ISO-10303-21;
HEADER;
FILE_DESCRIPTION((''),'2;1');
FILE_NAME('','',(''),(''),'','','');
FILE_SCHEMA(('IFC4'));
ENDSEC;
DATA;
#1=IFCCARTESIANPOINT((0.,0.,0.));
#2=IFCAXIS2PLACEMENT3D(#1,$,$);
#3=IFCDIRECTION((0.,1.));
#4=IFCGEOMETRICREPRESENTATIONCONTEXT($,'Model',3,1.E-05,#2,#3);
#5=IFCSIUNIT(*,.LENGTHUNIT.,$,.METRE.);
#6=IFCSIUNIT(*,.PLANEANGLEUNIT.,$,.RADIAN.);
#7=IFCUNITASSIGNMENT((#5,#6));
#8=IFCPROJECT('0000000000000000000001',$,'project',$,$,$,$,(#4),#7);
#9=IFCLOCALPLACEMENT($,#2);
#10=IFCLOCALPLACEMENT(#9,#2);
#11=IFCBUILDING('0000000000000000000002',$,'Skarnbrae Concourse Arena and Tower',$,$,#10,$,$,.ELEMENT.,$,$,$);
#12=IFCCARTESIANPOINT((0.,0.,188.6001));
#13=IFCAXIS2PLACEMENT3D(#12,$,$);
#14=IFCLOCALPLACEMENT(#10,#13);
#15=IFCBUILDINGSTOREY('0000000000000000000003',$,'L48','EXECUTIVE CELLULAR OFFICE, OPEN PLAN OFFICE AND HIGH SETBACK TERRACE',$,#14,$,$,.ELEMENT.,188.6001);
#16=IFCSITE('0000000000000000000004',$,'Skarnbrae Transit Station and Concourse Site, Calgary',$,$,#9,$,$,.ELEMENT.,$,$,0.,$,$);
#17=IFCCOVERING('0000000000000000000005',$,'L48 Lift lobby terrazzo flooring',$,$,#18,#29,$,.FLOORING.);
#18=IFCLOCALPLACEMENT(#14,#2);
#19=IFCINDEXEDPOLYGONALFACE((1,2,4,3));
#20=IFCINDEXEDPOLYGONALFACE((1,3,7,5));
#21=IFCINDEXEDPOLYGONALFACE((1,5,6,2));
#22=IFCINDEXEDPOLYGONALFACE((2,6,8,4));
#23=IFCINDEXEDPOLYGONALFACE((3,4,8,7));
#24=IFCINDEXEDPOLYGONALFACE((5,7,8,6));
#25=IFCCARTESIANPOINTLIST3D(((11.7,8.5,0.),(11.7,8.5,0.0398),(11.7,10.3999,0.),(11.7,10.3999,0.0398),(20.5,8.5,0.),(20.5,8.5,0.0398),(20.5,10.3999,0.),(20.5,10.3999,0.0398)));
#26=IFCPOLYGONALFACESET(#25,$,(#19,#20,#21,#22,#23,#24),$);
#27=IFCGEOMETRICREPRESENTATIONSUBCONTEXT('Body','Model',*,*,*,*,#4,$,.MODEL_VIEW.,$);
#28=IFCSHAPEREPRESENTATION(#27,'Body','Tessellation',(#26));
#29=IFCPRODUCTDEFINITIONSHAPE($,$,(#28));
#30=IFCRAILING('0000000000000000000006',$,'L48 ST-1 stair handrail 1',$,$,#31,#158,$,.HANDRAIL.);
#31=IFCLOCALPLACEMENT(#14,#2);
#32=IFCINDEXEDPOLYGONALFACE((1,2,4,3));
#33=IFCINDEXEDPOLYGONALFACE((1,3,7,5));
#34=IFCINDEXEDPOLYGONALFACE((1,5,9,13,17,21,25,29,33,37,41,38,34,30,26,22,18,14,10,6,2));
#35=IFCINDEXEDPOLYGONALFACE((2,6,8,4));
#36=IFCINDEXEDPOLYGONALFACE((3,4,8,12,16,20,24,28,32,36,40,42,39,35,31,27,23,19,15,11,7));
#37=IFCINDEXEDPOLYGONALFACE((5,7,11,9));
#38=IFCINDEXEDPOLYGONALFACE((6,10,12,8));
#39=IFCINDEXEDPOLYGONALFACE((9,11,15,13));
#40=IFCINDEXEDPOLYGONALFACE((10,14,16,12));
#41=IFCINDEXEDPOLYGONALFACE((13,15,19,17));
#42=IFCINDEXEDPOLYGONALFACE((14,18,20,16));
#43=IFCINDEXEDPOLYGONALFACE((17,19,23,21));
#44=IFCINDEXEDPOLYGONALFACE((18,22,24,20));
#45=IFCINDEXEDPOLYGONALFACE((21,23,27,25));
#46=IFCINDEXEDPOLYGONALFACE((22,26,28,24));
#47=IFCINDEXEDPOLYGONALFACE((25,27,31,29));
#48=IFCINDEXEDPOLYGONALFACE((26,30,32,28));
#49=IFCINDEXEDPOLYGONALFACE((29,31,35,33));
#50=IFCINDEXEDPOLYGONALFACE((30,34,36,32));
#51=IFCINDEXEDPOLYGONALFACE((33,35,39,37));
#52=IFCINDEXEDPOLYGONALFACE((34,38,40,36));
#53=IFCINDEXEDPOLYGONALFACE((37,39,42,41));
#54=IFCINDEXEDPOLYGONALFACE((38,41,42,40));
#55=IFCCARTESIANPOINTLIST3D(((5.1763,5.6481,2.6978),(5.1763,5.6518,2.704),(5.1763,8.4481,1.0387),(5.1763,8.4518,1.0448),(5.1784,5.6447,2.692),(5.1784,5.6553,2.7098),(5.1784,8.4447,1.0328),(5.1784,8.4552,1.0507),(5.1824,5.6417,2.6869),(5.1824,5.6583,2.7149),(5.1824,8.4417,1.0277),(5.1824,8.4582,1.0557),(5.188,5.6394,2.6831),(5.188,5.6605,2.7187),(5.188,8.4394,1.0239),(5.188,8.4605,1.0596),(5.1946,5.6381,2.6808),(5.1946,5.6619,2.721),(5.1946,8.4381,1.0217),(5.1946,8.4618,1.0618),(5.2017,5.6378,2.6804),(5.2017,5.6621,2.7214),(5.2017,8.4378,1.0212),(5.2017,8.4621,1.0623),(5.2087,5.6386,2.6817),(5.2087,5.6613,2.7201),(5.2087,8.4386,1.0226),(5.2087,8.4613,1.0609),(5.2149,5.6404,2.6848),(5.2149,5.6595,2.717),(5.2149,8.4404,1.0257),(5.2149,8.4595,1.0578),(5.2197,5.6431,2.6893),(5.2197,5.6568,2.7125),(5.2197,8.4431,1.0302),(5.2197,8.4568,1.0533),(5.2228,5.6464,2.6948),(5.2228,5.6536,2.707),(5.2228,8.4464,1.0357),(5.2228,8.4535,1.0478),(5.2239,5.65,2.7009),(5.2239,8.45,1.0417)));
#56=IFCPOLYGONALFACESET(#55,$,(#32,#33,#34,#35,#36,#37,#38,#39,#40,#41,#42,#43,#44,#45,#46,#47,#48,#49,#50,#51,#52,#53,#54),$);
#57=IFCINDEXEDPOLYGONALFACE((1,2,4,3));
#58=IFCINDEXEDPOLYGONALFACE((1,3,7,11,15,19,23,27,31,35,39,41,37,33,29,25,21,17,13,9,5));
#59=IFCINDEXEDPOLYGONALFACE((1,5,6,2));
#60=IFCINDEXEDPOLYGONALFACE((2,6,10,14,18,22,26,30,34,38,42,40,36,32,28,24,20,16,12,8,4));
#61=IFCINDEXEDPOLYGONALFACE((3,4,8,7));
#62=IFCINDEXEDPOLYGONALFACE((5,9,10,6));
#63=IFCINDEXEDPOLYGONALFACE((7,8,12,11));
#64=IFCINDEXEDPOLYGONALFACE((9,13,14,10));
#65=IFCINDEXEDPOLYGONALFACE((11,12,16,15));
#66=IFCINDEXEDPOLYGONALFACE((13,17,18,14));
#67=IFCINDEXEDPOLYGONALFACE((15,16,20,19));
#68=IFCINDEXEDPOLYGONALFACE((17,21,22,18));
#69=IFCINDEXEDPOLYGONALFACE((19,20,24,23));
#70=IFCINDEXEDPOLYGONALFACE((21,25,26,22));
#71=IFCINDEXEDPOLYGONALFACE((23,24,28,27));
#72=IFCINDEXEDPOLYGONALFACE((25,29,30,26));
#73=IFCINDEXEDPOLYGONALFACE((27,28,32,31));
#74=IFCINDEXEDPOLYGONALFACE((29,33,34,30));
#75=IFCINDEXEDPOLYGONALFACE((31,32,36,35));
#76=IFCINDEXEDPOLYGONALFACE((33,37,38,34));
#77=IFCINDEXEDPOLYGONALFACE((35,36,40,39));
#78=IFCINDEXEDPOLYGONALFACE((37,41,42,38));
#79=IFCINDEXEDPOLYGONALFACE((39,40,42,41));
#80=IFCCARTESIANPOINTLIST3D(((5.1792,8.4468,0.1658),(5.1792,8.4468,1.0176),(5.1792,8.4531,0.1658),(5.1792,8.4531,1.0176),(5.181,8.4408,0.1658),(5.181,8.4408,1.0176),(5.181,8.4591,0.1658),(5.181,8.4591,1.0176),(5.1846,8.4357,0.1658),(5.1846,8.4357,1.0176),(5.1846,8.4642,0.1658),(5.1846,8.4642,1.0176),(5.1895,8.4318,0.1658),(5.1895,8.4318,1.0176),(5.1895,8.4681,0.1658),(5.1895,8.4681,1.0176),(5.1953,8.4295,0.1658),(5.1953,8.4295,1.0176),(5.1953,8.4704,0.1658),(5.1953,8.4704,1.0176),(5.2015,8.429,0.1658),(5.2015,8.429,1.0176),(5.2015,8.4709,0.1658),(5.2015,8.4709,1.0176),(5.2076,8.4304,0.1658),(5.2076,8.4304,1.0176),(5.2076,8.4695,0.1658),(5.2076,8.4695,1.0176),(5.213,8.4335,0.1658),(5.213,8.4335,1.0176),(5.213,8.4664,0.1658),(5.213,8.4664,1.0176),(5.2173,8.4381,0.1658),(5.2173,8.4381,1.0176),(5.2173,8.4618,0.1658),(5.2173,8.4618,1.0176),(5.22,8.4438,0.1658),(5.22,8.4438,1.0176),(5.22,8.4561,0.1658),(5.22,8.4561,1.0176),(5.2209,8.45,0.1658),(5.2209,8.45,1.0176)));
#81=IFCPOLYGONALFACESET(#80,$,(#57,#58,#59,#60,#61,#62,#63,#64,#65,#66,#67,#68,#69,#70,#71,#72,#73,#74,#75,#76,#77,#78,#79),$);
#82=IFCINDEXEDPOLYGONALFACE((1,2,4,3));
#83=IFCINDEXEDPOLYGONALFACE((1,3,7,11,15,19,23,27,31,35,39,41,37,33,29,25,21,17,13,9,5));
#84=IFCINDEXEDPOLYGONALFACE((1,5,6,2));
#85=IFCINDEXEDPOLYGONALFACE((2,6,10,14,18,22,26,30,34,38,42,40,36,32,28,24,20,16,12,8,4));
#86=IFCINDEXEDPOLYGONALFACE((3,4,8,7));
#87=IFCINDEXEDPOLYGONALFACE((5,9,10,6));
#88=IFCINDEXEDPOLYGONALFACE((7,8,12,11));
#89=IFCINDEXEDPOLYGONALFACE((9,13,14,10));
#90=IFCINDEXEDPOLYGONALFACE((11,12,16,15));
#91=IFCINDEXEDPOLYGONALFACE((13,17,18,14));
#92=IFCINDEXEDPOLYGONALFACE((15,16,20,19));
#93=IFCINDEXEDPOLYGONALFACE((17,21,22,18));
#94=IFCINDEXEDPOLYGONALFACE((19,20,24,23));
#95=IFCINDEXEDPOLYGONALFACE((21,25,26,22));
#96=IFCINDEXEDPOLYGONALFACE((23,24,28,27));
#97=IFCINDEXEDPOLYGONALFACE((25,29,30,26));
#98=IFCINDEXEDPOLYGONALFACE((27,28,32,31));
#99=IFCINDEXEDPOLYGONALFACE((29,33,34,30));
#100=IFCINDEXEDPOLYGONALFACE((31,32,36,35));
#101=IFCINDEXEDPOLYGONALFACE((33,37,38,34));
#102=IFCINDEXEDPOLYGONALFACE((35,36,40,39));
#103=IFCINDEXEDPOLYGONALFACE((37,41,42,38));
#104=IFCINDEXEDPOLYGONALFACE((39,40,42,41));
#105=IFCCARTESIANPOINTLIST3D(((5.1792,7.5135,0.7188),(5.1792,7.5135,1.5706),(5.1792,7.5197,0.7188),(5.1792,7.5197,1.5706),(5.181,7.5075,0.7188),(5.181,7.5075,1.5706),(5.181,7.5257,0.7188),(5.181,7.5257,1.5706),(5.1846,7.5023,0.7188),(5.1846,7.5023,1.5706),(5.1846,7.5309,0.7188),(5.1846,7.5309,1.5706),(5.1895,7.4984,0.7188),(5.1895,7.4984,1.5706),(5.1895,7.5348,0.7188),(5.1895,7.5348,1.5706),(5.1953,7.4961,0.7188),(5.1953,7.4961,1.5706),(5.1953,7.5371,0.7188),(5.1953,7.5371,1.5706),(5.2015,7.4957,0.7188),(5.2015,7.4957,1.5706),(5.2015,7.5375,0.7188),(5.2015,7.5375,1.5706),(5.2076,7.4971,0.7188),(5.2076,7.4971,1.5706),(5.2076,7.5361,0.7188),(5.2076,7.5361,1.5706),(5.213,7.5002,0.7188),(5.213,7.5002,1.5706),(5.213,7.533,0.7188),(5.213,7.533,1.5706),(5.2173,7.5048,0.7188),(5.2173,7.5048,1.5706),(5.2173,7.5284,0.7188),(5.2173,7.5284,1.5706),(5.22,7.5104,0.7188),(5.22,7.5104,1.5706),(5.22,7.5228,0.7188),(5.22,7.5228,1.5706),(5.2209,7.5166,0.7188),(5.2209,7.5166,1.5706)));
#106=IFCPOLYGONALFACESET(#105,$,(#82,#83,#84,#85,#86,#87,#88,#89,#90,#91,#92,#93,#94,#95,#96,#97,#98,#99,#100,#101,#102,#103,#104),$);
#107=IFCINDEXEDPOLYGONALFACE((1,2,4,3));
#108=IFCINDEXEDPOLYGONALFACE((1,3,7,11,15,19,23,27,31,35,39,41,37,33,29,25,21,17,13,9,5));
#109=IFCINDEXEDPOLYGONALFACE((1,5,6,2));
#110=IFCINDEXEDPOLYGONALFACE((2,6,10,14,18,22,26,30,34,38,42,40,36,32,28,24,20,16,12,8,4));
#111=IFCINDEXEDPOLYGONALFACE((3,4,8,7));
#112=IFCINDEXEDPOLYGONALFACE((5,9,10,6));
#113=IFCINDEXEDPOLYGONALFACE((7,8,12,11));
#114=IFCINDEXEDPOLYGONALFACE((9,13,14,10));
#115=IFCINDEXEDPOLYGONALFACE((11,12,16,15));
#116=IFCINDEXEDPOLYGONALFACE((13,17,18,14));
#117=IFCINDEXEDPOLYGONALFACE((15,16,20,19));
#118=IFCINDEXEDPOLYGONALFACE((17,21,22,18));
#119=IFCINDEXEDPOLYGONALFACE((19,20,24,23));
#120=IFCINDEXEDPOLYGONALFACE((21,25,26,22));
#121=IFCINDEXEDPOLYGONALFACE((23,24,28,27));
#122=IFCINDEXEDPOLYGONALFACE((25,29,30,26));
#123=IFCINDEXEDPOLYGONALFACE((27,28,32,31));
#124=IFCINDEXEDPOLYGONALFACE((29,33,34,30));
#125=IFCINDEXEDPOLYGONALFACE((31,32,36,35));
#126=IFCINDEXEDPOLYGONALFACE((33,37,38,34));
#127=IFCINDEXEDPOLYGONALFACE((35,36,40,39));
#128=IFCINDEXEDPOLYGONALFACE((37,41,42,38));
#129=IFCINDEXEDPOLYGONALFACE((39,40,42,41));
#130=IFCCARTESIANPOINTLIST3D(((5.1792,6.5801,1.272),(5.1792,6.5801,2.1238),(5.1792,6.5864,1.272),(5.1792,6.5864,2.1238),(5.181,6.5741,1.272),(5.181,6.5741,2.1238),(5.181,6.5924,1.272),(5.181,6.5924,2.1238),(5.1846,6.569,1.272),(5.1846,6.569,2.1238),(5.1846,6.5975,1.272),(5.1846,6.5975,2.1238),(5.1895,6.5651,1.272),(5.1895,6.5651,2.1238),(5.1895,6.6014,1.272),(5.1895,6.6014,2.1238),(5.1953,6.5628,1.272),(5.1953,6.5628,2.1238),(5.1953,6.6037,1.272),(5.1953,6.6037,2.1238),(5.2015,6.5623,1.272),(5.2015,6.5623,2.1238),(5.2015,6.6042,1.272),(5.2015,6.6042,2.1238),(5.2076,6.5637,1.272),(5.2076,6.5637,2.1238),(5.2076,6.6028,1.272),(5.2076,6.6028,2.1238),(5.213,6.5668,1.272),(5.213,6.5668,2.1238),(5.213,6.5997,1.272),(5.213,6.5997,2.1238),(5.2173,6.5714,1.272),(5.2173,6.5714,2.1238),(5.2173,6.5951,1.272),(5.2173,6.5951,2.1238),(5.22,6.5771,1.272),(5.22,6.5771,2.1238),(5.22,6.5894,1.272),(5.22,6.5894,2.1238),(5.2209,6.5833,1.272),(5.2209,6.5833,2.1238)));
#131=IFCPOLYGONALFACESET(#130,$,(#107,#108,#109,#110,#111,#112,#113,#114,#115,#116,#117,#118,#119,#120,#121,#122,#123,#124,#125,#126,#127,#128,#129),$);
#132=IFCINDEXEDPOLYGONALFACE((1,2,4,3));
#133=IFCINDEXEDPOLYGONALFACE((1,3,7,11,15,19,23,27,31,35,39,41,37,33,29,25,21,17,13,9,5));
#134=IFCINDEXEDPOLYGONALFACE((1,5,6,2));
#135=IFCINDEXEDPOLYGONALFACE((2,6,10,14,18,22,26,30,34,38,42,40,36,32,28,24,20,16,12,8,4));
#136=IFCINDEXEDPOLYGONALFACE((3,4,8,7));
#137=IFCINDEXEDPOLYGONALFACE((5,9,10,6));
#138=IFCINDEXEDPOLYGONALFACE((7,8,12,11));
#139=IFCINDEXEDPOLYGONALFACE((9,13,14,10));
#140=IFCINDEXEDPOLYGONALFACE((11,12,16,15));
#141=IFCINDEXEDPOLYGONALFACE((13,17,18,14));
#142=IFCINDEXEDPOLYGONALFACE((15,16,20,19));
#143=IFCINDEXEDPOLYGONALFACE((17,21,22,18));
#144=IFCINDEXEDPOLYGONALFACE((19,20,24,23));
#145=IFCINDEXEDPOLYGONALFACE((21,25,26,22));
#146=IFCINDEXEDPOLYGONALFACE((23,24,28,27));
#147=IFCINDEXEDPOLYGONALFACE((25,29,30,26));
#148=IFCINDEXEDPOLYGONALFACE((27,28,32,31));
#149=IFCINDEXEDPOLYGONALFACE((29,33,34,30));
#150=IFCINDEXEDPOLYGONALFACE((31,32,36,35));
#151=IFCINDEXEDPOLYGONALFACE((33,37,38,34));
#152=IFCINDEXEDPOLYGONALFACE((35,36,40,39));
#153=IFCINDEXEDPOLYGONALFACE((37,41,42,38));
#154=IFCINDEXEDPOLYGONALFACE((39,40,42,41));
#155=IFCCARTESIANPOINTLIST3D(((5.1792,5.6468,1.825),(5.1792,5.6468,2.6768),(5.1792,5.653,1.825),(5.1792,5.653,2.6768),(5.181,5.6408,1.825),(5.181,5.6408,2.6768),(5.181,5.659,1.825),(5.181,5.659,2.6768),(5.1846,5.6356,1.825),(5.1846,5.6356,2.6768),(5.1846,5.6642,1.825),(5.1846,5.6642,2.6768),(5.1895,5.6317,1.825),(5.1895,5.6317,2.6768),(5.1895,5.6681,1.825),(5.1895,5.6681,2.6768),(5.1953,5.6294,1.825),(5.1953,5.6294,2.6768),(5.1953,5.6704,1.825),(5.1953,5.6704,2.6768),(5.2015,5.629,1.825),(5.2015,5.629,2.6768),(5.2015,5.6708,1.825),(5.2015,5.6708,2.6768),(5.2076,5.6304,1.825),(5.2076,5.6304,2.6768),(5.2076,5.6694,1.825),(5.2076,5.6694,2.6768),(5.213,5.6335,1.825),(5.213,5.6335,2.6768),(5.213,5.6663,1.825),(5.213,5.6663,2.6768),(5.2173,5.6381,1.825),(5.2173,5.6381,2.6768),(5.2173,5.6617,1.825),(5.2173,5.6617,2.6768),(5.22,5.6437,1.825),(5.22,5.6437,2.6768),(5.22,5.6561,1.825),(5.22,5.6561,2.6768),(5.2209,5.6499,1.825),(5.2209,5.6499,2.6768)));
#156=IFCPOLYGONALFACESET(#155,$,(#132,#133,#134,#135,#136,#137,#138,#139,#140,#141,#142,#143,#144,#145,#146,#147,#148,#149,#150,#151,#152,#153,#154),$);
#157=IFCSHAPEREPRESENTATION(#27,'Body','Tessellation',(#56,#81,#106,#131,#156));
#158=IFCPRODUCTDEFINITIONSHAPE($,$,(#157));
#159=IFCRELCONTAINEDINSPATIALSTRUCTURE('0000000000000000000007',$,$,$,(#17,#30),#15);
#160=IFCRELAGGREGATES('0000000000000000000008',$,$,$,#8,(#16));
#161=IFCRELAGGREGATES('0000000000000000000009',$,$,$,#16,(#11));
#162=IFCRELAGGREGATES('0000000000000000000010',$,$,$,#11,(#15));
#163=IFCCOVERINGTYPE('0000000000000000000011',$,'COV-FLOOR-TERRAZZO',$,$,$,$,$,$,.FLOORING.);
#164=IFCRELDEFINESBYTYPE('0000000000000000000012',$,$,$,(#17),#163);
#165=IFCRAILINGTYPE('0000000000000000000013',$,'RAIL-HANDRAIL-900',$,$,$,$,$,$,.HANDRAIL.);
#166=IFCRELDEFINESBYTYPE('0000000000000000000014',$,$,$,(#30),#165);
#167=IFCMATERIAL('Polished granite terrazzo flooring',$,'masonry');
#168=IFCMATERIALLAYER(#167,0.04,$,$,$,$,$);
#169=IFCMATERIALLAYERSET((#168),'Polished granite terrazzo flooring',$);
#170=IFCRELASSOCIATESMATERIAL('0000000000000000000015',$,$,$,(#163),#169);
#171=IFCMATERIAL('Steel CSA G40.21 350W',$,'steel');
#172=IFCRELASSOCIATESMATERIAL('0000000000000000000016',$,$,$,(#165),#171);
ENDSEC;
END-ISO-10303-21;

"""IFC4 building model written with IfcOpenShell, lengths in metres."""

from ifc_helpers import new_model, si_unit, direction, frame, origin, origin_2d, place, context, subcontext, project, spatial, polyline, circle, outline, extrude, material, layer, layer_set, type_object, element, save


model = new_model("IFC4")

# Units and contexts
model_context = context("Model", 3, precision=1e-05, world=origin(), true_north=direction((0.0, 1.0)))
body_context = subcontext(model_context, "Body", "Model", "MODEL_VIEW")
ifc_project = project(units=[si_unit("LENGTHUNIT", "METRE"), si_unit("PLANEANGLEUNIT", "RADIAN")], contexts=[model_context])

# Site, building, storey
site_placement = place(None, origin())
site = spatial("IfcSite", under=ifc_project, at=site_placement, Name="Skarnbrae Transit Station and Concourse Site, Calgary", CompositionType="ELEMENT", RefElevation=0.0)
building_placement = place(site_placement, origin())
building = spatial("IfcBuilding", under=site, at=building_placement, Name="Skarnbrae Concourse Arena and Tower", CompositionType="ELEMENT")
storey_placement = place(building_placement, frame((0.0, 0.0, 188.6001)))
storey = spatial("IfcBuildingStorey", under=building, at=storey_placement, Name="L48", Description="EXECUTIVE CELLULAR OFFICE, OPEN PLAN OFFICE AND HIGH SETBACK TERRACE", CompositionType="ELEMENT", Elevation=188.6001)

# Covering
ifc_material_1 = material(Name="Polished granite terrazzo flooring", Category="masonry")
ifc_layer_1 = layer(ifc_material_1, 0.04)
ifc_layer_set_1 = layer_set([ifc_layer_1], Name="Polished granite terrazzo flooring")
covering_type_1 = type_object("IfcCoveringType", Name="COV-FLOOR-TERRAZZO", PredefinedType="FLOORING", material=ifc_layer_set_1)
covering_1_placement = place(storey_placement, origin())
element("IfcCovering", 1, at=covering_1_placement, inside=storey, type_object=covering_type_1, Name="L48 Lift lobby terrazzo flooring", PredefinedType="FLOORING", context=body_context, shape_type="SweptSolid", body=[
    extrude(outline(polyline([(11.7, 8.5), (20.5, 8.5), (20.5, 10.3999), (11.7, 10.3999), (11.7, 8.5)])), origin(), (0.0, 0.0, 1.0), 0.0398),
])

# Railing
ifc_material_2 = material(Name="Steel CSA G40.21 350W", Category="steel")
railing_type = type_object("IfcRailingType", Name="RAIL-HANDRAIL-900", PredefinedType="HANDRAIL", material=ifc_material_2)
railing_placement = place(storey_placement, frame((5.2, 8.45, 0.1658)))
element("IfcRailing", 2, at=railing_placement, inside=storey, type_object=railing_type, Name="L48 ST-1 stair handrail 1", PredefinedType="HANDRAIL", context=body_context, shape_type="SweptSolid", body=[
    extrude(circle(Radius=0.0239, at=origin_2d()), frame((0.0, 0.0, 0.876), z_axis=(0.0, -0.860306, 0.509778), x_axis=(1.0, 0.0, 0.0)), (0.0, 0.0, 1.0), 3.2546),
    extrude(circle(Radius=0.021, at=origin_2d()), origin(), (0.0, 0.0, 1.0), 0.8518),
    extrude(circle(Radius=0.021, at=origin_2d()), frame((0.0, -0.9333, 0.553)), (0.0, 0.0, 1.0), 0.8518),
    extrude(circle(Radius=0.021, at=origin_2d()), frame((0.0, -1.8667, 1.1062)), (0.0, 0.0, 1.0), 0.8518),
    extrude(circle(Radius=0.021, at=origin_2d()), frame((0.0, -2.8, 1.6592)), (0.0, 0.0, 1.0), 0.8518),
])

save(model, "model.ifc")
